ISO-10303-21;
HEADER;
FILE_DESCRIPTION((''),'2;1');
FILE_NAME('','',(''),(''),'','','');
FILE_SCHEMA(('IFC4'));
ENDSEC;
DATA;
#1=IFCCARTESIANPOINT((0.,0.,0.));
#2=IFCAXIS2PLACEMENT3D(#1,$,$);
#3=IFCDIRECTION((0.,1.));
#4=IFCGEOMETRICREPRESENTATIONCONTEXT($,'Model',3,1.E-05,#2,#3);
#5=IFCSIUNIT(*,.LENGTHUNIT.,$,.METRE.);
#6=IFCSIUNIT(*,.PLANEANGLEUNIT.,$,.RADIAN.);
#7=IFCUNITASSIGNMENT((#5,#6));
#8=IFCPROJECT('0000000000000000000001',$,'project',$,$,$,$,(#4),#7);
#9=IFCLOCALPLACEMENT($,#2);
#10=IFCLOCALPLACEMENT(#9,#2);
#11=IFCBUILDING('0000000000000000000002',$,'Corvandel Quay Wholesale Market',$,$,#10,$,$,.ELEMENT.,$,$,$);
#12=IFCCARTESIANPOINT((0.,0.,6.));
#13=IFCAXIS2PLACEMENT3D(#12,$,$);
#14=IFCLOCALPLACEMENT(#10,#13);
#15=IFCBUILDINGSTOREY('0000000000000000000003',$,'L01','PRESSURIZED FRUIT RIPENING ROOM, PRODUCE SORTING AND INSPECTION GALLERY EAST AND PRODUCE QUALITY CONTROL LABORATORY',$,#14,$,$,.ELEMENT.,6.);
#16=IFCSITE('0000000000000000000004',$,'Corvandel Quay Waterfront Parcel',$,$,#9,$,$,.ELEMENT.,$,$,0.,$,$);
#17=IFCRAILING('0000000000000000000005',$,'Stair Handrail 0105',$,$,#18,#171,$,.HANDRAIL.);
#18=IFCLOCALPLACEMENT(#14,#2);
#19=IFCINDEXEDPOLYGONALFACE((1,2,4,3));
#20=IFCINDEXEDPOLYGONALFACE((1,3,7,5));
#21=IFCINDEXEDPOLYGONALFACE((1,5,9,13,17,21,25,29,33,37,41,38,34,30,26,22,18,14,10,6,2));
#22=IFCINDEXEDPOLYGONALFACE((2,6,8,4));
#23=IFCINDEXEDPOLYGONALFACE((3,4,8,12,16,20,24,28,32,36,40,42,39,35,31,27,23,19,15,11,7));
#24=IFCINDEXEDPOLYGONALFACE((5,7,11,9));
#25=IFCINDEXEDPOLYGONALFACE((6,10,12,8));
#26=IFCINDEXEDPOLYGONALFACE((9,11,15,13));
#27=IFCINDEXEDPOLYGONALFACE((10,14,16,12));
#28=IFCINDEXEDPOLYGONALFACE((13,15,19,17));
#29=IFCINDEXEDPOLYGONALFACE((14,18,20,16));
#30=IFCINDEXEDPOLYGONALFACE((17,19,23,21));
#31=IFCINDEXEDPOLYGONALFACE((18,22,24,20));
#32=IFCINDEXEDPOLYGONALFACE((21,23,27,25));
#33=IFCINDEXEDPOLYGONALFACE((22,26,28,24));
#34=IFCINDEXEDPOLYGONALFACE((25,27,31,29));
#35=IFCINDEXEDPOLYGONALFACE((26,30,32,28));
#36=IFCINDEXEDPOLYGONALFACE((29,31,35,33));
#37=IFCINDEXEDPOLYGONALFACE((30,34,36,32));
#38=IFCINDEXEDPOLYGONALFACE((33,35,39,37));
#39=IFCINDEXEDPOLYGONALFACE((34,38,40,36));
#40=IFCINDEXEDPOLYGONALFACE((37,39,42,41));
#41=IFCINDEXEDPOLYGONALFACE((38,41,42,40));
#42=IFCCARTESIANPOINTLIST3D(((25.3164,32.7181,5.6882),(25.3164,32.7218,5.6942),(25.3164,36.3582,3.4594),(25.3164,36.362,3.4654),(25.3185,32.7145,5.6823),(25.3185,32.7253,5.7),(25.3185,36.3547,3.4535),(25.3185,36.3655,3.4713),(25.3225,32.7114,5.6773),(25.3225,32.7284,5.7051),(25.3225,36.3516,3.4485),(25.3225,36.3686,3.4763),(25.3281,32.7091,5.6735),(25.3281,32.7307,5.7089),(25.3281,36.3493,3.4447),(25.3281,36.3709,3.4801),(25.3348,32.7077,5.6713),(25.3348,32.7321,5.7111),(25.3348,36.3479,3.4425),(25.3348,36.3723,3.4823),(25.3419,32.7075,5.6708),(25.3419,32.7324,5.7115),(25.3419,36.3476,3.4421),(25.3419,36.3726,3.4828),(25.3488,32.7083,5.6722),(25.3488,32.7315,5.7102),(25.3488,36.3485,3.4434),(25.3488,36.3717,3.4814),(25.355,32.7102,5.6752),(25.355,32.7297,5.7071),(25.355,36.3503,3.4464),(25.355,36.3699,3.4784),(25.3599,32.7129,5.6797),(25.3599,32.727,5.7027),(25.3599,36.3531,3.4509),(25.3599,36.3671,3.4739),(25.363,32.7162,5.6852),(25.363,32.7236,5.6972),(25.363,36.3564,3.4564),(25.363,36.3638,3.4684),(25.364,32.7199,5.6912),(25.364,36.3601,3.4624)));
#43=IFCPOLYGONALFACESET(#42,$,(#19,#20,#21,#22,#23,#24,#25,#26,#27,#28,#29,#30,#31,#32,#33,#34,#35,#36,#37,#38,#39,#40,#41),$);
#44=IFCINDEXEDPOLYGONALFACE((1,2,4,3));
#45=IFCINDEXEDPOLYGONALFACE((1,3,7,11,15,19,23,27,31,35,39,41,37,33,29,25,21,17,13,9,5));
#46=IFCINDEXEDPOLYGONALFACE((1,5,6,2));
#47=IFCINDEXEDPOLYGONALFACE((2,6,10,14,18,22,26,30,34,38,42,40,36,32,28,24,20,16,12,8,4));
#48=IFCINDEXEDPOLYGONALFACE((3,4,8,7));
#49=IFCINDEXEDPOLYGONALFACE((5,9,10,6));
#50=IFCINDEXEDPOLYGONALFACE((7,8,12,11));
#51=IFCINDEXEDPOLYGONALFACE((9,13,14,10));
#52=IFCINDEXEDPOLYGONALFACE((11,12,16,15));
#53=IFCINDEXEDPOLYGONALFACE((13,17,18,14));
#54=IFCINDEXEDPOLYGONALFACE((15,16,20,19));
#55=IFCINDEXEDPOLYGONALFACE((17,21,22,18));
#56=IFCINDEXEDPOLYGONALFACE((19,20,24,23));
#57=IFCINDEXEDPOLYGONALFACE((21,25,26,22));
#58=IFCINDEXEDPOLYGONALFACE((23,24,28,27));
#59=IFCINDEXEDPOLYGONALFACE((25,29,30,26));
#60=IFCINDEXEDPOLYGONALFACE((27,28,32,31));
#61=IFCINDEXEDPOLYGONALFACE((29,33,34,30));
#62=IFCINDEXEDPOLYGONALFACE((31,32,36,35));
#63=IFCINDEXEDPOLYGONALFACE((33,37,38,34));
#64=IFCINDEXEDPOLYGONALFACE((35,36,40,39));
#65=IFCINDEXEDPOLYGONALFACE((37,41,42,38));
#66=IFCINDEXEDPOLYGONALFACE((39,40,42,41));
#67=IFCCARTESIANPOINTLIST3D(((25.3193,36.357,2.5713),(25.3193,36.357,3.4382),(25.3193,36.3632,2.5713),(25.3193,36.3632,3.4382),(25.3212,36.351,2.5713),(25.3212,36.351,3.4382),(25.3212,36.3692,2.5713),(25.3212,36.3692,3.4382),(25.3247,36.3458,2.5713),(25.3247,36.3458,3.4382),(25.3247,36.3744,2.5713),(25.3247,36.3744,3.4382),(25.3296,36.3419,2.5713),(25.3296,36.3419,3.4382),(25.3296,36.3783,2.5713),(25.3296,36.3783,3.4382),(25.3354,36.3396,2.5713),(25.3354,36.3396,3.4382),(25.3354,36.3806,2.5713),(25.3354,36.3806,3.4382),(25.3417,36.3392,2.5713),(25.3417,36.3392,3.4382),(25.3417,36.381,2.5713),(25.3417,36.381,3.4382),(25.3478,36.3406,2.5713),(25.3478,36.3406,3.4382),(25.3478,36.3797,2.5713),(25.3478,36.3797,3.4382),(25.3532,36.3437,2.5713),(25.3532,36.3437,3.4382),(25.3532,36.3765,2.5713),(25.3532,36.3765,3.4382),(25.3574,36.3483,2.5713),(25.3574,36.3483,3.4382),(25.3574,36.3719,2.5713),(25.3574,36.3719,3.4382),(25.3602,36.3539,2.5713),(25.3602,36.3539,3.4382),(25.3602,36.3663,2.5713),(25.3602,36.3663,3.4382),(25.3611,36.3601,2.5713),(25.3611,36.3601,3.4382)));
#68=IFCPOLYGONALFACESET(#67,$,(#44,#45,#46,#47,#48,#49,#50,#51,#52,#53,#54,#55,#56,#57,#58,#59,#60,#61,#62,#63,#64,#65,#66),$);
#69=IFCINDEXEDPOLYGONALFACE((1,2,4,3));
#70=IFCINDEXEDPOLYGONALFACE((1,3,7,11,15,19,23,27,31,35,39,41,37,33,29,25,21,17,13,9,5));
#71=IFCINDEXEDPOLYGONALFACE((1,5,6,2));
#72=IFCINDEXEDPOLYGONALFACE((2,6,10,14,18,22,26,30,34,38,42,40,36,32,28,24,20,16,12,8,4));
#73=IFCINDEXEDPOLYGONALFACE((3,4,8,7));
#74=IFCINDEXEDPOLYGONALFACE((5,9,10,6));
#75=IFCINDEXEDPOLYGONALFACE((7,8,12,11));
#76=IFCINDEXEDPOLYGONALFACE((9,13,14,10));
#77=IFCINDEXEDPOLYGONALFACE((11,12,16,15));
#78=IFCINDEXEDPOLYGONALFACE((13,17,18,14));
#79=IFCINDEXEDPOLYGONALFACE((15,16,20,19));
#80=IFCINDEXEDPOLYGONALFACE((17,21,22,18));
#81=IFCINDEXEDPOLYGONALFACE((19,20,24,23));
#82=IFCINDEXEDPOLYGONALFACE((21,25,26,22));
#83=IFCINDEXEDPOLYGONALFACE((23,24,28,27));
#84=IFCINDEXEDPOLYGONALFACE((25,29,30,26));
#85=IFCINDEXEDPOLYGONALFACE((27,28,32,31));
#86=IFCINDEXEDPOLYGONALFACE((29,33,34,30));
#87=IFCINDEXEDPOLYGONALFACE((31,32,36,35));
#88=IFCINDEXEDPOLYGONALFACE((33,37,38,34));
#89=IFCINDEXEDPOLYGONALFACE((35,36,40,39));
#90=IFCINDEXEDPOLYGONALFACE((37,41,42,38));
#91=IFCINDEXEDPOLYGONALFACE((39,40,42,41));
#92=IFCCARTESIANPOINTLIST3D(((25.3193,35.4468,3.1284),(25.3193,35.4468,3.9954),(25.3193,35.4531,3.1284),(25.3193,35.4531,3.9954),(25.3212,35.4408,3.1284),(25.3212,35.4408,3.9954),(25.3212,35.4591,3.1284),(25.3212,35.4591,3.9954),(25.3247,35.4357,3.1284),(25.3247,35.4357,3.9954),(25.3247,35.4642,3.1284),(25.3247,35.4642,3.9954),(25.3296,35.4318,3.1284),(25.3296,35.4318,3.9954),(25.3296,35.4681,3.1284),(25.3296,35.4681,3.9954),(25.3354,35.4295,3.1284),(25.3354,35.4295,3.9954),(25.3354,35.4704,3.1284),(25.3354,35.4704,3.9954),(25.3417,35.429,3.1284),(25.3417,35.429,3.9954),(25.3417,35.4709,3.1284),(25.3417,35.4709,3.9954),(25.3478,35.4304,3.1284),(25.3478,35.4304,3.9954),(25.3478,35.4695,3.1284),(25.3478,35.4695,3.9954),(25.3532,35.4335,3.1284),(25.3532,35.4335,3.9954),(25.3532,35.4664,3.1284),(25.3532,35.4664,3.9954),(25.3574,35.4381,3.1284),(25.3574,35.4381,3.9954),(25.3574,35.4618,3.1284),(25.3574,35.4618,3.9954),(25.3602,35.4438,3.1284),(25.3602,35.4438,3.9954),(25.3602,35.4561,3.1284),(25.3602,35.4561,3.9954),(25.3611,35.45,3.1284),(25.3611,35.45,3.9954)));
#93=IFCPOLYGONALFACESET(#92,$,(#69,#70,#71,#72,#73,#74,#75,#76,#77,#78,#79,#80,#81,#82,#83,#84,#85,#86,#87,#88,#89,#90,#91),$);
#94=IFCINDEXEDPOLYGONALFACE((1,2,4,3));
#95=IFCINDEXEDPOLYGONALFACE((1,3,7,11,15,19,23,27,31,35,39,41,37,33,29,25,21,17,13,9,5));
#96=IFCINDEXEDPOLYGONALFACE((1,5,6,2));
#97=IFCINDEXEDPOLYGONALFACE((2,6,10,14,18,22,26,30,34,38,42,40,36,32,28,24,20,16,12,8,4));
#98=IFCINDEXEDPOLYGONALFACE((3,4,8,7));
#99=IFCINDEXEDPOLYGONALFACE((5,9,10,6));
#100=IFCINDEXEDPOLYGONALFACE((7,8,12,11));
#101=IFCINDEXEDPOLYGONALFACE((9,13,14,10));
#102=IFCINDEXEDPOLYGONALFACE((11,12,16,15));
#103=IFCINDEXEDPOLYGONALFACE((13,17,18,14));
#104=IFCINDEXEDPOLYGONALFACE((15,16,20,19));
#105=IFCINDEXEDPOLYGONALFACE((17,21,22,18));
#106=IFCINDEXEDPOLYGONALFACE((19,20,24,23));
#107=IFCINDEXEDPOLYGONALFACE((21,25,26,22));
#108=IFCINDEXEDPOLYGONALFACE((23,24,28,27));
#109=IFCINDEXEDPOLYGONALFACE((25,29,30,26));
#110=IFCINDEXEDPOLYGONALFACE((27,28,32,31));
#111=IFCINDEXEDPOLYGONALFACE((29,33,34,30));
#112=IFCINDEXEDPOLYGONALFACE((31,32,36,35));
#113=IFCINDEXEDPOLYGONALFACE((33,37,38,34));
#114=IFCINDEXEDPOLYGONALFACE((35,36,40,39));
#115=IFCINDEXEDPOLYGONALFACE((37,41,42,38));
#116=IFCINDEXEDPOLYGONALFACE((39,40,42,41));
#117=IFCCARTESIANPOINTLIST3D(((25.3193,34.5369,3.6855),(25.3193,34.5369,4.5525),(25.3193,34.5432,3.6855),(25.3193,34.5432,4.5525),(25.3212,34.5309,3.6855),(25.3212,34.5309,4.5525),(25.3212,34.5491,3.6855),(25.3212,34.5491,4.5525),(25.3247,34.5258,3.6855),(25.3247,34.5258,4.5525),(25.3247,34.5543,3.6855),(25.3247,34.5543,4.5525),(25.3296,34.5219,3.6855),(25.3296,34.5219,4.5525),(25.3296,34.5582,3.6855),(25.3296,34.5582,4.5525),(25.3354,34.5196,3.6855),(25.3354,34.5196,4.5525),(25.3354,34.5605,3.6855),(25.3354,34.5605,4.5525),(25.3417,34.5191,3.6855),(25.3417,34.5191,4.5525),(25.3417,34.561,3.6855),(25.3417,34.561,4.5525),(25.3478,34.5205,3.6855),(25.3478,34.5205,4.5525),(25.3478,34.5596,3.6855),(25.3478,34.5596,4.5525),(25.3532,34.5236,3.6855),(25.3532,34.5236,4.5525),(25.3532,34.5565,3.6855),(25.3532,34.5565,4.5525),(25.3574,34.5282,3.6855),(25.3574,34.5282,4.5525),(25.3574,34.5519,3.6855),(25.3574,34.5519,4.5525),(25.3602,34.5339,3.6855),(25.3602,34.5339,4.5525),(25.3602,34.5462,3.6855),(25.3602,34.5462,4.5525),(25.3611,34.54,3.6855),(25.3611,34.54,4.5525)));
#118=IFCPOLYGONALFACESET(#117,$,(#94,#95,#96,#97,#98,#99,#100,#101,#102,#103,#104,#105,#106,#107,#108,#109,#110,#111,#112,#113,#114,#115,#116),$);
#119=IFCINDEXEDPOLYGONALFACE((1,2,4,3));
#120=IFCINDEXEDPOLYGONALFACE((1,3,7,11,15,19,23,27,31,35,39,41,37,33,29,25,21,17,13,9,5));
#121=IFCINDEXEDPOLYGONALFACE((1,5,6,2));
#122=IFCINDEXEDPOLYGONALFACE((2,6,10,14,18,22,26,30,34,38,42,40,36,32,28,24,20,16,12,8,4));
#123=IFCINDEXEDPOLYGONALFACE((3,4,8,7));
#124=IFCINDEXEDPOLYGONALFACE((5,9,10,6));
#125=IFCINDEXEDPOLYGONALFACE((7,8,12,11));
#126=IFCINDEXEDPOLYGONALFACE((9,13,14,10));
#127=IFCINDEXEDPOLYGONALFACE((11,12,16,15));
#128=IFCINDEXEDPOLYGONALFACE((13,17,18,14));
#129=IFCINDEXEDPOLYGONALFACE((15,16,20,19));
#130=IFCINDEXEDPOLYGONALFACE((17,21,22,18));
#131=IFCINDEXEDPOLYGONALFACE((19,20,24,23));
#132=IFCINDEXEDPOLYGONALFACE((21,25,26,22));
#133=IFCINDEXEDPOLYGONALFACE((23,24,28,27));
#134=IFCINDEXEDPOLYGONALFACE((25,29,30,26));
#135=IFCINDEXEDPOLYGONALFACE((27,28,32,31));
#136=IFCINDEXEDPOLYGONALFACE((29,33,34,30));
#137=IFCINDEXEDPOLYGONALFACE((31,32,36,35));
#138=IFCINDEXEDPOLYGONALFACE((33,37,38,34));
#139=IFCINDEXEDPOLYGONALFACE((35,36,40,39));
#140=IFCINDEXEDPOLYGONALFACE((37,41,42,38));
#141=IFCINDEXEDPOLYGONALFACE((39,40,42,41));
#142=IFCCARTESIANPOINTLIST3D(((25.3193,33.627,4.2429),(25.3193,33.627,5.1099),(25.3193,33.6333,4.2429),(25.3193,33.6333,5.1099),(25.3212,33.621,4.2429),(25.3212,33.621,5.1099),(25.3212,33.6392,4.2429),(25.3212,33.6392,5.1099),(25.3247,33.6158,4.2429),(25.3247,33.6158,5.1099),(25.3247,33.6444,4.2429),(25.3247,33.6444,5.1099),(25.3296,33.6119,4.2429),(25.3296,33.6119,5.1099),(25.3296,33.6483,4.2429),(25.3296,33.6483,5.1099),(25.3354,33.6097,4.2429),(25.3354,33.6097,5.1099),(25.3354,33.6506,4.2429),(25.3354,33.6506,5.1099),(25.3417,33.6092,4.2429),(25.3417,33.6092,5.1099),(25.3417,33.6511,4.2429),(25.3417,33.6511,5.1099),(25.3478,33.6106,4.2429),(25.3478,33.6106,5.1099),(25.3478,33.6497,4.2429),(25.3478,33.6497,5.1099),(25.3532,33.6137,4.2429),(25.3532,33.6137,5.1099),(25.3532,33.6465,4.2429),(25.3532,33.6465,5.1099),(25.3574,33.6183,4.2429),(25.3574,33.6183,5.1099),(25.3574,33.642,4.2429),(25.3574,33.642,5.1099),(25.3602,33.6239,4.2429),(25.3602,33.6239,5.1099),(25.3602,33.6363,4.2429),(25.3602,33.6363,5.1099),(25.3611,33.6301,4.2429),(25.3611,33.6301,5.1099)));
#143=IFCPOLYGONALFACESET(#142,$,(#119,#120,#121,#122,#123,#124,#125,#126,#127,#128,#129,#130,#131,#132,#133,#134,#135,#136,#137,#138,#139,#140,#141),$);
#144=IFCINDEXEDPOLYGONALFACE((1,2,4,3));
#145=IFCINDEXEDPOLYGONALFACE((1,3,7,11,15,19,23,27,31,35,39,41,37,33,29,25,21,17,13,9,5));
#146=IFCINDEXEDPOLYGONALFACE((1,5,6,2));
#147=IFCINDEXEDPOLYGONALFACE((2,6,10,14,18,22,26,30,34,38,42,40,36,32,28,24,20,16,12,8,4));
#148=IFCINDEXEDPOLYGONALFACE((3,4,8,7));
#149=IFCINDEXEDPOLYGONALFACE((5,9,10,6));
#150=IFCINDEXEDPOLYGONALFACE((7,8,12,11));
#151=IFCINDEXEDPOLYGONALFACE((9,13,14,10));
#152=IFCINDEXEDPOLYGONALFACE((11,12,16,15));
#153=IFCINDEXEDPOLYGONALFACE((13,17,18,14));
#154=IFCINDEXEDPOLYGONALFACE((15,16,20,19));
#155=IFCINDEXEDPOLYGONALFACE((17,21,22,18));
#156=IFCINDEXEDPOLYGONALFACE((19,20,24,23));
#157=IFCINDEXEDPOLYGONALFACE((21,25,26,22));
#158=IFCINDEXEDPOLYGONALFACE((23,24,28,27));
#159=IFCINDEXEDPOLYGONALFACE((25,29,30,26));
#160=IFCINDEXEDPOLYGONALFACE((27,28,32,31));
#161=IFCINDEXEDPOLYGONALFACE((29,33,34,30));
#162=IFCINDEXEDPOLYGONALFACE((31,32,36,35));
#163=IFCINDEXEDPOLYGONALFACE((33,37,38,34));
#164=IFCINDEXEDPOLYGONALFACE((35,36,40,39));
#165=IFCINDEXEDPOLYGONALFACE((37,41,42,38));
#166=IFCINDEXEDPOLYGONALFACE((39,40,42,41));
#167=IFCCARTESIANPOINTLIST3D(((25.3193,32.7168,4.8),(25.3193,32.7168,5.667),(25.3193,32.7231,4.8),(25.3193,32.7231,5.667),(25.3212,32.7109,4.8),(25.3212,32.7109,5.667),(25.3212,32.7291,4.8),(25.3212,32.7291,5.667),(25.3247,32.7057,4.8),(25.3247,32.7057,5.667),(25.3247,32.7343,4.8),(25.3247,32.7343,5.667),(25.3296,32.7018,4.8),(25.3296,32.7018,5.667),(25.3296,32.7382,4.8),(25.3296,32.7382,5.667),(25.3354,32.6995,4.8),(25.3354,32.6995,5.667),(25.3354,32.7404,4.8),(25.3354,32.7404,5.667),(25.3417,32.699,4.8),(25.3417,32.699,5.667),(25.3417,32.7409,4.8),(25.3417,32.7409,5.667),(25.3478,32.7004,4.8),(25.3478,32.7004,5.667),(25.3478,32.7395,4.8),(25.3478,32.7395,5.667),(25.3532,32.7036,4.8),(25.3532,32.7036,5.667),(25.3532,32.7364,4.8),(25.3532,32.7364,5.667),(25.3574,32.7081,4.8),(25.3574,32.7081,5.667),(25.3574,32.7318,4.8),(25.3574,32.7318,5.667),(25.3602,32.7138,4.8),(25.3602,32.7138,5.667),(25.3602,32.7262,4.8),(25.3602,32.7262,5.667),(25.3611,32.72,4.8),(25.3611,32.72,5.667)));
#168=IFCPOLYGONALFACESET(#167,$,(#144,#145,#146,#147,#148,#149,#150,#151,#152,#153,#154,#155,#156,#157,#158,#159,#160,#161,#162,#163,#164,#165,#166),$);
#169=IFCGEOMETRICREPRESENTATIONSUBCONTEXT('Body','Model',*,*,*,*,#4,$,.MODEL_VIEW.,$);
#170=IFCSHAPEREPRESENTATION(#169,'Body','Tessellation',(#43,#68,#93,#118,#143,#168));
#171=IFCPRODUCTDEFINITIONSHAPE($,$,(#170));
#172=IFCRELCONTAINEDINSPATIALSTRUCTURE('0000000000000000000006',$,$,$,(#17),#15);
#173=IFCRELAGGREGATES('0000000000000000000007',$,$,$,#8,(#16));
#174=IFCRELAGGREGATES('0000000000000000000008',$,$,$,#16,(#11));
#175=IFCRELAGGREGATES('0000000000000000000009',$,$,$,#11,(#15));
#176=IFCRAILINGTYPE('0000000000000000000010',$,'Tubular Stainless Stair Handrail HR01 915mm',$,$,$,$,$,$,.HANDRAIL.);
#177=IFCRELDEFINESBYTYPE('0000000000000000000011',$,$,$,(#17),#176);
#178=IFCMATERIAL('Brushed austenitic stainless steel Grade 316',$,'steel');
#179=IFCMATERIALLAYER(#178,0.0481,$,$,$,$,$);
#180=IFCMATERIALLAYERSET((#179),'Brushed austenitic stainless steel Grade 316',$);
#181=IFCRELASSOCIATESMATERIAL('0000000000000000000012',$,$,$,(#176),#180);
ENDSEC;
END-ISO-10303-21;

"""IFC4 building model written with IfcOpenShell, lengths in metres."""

from ifc_helpers import new_model, si_unit, direction, frame, origin, origin_2d, place, context, subcontext, project, spatial, circle, extrude, material, layer, layer_set, type_object, element, save


model = new_model("IFC4")

# Units and contexts
model_context = context("Model", 3, precision=1e-05, world=origin(), true_north=direction((0.0, 1.0)))
body_context = subcontext(model_context, "Body", "Model", "MODEL_VIEW")
ifc_project = project(units=[si_unit("LENGTHUNIT", "METRE"), si_unit("PLANEANGLEUNIT", "RADIAN")], contexts=[model_context])

# Site, building, storey
site_placement = place(None, origin())
site = spatial("IfcSite", under=ifc_project, at=site_placement, Name="Corvandel Quay Waterfront Parcel", CompositionType="ELEMENT", RefElevation=0.0)
building_placement = place(site_placement, origin())
building = spatial("IfcBuilding", under=site, at=building_placement, Name="Corvandel Quay Wholesale Market", CompositionType="ELEMENT")
storey_placement = place(building_placement, frame((0.0, 0.0, 6.0)))
storey = spatial("IfcBuildingStorey", under=building, at=storey_placement, Name="L01", Description="PRESSURIZED FRUIT RIPENING ROOM, PRODUCE SORTING AND INSPECTION GALLERY EAST AND PRODUCE QUALITY CONTROL LABORATORY", CompositionType="ELEMENT", Elevation=6.0)

# Railing
ifc_material_1 = material(Name="Brushed austenitic stainless steel Grade 316", Category="steel")
ifc_layer_1 = layer(ifc_material_1, 0.0481)
ifc_layer_set_1 = layer_set([ifc_layer_1], Name="Brushed austenitic stainless steel Grade 316")
railing_type_1 = type_object("IfcRailingType", Name="Tubular Stainless Stair Handrail HR01 915mm", PredefinedType="HANDRAIL", material=ifc_layer_set_1)
for number, where, name in (
    (1, (25.3401, 36.3601, 2.5713), "Stair Handrail 0105"),
):
    element("IfcRailing", number, at=place(storey_placement, frame(where)), inside=storey, type_object=railing_type_1, Name=name, PredefinedType="HANDRAIL", context=body_context, shape_type="SweptSolid", body=[
        extrude(circle(Radius=0.0239, at=origin_2d()), frame((0.0, 0.0, 0.8911), z_axis=(0.0, -0.85284, 0.522172), x_axis=(1.0, 0.0, 0.0)), (0.0, 0.0, 1.0), 4.2683),
        extrude(circle(Radius=0.021, at=origin_2d()), origin(), (0.0, 0.0, 1.0), 0.8669),
        extrude(circle(Radius=0.021, at=origin_2d()), frame((0.0, -0.9102, 0.5571)), (0.0, 0.0, 1.0), 0.8669),
        extrude(circle(Radius=0.021, at=origin_2d()), frame((0.0, -1.8201, 1.1143)), (0.0, 0.0, 1.0), 0.8669),
        extrude(circle(Radius=0.021, at=origin_2d()), frame((0.0, -2.73, 1.6716)), (0.0, 0.0, 1.0), 0.8669),
        extrude(circle(Radius=0.021, at=origin_2d()), frame((0.0, -3.6401, 2.2288)), (0.0, 0.0, 1.0), 0.8669),
    ])

save(model, "model.ifc")
